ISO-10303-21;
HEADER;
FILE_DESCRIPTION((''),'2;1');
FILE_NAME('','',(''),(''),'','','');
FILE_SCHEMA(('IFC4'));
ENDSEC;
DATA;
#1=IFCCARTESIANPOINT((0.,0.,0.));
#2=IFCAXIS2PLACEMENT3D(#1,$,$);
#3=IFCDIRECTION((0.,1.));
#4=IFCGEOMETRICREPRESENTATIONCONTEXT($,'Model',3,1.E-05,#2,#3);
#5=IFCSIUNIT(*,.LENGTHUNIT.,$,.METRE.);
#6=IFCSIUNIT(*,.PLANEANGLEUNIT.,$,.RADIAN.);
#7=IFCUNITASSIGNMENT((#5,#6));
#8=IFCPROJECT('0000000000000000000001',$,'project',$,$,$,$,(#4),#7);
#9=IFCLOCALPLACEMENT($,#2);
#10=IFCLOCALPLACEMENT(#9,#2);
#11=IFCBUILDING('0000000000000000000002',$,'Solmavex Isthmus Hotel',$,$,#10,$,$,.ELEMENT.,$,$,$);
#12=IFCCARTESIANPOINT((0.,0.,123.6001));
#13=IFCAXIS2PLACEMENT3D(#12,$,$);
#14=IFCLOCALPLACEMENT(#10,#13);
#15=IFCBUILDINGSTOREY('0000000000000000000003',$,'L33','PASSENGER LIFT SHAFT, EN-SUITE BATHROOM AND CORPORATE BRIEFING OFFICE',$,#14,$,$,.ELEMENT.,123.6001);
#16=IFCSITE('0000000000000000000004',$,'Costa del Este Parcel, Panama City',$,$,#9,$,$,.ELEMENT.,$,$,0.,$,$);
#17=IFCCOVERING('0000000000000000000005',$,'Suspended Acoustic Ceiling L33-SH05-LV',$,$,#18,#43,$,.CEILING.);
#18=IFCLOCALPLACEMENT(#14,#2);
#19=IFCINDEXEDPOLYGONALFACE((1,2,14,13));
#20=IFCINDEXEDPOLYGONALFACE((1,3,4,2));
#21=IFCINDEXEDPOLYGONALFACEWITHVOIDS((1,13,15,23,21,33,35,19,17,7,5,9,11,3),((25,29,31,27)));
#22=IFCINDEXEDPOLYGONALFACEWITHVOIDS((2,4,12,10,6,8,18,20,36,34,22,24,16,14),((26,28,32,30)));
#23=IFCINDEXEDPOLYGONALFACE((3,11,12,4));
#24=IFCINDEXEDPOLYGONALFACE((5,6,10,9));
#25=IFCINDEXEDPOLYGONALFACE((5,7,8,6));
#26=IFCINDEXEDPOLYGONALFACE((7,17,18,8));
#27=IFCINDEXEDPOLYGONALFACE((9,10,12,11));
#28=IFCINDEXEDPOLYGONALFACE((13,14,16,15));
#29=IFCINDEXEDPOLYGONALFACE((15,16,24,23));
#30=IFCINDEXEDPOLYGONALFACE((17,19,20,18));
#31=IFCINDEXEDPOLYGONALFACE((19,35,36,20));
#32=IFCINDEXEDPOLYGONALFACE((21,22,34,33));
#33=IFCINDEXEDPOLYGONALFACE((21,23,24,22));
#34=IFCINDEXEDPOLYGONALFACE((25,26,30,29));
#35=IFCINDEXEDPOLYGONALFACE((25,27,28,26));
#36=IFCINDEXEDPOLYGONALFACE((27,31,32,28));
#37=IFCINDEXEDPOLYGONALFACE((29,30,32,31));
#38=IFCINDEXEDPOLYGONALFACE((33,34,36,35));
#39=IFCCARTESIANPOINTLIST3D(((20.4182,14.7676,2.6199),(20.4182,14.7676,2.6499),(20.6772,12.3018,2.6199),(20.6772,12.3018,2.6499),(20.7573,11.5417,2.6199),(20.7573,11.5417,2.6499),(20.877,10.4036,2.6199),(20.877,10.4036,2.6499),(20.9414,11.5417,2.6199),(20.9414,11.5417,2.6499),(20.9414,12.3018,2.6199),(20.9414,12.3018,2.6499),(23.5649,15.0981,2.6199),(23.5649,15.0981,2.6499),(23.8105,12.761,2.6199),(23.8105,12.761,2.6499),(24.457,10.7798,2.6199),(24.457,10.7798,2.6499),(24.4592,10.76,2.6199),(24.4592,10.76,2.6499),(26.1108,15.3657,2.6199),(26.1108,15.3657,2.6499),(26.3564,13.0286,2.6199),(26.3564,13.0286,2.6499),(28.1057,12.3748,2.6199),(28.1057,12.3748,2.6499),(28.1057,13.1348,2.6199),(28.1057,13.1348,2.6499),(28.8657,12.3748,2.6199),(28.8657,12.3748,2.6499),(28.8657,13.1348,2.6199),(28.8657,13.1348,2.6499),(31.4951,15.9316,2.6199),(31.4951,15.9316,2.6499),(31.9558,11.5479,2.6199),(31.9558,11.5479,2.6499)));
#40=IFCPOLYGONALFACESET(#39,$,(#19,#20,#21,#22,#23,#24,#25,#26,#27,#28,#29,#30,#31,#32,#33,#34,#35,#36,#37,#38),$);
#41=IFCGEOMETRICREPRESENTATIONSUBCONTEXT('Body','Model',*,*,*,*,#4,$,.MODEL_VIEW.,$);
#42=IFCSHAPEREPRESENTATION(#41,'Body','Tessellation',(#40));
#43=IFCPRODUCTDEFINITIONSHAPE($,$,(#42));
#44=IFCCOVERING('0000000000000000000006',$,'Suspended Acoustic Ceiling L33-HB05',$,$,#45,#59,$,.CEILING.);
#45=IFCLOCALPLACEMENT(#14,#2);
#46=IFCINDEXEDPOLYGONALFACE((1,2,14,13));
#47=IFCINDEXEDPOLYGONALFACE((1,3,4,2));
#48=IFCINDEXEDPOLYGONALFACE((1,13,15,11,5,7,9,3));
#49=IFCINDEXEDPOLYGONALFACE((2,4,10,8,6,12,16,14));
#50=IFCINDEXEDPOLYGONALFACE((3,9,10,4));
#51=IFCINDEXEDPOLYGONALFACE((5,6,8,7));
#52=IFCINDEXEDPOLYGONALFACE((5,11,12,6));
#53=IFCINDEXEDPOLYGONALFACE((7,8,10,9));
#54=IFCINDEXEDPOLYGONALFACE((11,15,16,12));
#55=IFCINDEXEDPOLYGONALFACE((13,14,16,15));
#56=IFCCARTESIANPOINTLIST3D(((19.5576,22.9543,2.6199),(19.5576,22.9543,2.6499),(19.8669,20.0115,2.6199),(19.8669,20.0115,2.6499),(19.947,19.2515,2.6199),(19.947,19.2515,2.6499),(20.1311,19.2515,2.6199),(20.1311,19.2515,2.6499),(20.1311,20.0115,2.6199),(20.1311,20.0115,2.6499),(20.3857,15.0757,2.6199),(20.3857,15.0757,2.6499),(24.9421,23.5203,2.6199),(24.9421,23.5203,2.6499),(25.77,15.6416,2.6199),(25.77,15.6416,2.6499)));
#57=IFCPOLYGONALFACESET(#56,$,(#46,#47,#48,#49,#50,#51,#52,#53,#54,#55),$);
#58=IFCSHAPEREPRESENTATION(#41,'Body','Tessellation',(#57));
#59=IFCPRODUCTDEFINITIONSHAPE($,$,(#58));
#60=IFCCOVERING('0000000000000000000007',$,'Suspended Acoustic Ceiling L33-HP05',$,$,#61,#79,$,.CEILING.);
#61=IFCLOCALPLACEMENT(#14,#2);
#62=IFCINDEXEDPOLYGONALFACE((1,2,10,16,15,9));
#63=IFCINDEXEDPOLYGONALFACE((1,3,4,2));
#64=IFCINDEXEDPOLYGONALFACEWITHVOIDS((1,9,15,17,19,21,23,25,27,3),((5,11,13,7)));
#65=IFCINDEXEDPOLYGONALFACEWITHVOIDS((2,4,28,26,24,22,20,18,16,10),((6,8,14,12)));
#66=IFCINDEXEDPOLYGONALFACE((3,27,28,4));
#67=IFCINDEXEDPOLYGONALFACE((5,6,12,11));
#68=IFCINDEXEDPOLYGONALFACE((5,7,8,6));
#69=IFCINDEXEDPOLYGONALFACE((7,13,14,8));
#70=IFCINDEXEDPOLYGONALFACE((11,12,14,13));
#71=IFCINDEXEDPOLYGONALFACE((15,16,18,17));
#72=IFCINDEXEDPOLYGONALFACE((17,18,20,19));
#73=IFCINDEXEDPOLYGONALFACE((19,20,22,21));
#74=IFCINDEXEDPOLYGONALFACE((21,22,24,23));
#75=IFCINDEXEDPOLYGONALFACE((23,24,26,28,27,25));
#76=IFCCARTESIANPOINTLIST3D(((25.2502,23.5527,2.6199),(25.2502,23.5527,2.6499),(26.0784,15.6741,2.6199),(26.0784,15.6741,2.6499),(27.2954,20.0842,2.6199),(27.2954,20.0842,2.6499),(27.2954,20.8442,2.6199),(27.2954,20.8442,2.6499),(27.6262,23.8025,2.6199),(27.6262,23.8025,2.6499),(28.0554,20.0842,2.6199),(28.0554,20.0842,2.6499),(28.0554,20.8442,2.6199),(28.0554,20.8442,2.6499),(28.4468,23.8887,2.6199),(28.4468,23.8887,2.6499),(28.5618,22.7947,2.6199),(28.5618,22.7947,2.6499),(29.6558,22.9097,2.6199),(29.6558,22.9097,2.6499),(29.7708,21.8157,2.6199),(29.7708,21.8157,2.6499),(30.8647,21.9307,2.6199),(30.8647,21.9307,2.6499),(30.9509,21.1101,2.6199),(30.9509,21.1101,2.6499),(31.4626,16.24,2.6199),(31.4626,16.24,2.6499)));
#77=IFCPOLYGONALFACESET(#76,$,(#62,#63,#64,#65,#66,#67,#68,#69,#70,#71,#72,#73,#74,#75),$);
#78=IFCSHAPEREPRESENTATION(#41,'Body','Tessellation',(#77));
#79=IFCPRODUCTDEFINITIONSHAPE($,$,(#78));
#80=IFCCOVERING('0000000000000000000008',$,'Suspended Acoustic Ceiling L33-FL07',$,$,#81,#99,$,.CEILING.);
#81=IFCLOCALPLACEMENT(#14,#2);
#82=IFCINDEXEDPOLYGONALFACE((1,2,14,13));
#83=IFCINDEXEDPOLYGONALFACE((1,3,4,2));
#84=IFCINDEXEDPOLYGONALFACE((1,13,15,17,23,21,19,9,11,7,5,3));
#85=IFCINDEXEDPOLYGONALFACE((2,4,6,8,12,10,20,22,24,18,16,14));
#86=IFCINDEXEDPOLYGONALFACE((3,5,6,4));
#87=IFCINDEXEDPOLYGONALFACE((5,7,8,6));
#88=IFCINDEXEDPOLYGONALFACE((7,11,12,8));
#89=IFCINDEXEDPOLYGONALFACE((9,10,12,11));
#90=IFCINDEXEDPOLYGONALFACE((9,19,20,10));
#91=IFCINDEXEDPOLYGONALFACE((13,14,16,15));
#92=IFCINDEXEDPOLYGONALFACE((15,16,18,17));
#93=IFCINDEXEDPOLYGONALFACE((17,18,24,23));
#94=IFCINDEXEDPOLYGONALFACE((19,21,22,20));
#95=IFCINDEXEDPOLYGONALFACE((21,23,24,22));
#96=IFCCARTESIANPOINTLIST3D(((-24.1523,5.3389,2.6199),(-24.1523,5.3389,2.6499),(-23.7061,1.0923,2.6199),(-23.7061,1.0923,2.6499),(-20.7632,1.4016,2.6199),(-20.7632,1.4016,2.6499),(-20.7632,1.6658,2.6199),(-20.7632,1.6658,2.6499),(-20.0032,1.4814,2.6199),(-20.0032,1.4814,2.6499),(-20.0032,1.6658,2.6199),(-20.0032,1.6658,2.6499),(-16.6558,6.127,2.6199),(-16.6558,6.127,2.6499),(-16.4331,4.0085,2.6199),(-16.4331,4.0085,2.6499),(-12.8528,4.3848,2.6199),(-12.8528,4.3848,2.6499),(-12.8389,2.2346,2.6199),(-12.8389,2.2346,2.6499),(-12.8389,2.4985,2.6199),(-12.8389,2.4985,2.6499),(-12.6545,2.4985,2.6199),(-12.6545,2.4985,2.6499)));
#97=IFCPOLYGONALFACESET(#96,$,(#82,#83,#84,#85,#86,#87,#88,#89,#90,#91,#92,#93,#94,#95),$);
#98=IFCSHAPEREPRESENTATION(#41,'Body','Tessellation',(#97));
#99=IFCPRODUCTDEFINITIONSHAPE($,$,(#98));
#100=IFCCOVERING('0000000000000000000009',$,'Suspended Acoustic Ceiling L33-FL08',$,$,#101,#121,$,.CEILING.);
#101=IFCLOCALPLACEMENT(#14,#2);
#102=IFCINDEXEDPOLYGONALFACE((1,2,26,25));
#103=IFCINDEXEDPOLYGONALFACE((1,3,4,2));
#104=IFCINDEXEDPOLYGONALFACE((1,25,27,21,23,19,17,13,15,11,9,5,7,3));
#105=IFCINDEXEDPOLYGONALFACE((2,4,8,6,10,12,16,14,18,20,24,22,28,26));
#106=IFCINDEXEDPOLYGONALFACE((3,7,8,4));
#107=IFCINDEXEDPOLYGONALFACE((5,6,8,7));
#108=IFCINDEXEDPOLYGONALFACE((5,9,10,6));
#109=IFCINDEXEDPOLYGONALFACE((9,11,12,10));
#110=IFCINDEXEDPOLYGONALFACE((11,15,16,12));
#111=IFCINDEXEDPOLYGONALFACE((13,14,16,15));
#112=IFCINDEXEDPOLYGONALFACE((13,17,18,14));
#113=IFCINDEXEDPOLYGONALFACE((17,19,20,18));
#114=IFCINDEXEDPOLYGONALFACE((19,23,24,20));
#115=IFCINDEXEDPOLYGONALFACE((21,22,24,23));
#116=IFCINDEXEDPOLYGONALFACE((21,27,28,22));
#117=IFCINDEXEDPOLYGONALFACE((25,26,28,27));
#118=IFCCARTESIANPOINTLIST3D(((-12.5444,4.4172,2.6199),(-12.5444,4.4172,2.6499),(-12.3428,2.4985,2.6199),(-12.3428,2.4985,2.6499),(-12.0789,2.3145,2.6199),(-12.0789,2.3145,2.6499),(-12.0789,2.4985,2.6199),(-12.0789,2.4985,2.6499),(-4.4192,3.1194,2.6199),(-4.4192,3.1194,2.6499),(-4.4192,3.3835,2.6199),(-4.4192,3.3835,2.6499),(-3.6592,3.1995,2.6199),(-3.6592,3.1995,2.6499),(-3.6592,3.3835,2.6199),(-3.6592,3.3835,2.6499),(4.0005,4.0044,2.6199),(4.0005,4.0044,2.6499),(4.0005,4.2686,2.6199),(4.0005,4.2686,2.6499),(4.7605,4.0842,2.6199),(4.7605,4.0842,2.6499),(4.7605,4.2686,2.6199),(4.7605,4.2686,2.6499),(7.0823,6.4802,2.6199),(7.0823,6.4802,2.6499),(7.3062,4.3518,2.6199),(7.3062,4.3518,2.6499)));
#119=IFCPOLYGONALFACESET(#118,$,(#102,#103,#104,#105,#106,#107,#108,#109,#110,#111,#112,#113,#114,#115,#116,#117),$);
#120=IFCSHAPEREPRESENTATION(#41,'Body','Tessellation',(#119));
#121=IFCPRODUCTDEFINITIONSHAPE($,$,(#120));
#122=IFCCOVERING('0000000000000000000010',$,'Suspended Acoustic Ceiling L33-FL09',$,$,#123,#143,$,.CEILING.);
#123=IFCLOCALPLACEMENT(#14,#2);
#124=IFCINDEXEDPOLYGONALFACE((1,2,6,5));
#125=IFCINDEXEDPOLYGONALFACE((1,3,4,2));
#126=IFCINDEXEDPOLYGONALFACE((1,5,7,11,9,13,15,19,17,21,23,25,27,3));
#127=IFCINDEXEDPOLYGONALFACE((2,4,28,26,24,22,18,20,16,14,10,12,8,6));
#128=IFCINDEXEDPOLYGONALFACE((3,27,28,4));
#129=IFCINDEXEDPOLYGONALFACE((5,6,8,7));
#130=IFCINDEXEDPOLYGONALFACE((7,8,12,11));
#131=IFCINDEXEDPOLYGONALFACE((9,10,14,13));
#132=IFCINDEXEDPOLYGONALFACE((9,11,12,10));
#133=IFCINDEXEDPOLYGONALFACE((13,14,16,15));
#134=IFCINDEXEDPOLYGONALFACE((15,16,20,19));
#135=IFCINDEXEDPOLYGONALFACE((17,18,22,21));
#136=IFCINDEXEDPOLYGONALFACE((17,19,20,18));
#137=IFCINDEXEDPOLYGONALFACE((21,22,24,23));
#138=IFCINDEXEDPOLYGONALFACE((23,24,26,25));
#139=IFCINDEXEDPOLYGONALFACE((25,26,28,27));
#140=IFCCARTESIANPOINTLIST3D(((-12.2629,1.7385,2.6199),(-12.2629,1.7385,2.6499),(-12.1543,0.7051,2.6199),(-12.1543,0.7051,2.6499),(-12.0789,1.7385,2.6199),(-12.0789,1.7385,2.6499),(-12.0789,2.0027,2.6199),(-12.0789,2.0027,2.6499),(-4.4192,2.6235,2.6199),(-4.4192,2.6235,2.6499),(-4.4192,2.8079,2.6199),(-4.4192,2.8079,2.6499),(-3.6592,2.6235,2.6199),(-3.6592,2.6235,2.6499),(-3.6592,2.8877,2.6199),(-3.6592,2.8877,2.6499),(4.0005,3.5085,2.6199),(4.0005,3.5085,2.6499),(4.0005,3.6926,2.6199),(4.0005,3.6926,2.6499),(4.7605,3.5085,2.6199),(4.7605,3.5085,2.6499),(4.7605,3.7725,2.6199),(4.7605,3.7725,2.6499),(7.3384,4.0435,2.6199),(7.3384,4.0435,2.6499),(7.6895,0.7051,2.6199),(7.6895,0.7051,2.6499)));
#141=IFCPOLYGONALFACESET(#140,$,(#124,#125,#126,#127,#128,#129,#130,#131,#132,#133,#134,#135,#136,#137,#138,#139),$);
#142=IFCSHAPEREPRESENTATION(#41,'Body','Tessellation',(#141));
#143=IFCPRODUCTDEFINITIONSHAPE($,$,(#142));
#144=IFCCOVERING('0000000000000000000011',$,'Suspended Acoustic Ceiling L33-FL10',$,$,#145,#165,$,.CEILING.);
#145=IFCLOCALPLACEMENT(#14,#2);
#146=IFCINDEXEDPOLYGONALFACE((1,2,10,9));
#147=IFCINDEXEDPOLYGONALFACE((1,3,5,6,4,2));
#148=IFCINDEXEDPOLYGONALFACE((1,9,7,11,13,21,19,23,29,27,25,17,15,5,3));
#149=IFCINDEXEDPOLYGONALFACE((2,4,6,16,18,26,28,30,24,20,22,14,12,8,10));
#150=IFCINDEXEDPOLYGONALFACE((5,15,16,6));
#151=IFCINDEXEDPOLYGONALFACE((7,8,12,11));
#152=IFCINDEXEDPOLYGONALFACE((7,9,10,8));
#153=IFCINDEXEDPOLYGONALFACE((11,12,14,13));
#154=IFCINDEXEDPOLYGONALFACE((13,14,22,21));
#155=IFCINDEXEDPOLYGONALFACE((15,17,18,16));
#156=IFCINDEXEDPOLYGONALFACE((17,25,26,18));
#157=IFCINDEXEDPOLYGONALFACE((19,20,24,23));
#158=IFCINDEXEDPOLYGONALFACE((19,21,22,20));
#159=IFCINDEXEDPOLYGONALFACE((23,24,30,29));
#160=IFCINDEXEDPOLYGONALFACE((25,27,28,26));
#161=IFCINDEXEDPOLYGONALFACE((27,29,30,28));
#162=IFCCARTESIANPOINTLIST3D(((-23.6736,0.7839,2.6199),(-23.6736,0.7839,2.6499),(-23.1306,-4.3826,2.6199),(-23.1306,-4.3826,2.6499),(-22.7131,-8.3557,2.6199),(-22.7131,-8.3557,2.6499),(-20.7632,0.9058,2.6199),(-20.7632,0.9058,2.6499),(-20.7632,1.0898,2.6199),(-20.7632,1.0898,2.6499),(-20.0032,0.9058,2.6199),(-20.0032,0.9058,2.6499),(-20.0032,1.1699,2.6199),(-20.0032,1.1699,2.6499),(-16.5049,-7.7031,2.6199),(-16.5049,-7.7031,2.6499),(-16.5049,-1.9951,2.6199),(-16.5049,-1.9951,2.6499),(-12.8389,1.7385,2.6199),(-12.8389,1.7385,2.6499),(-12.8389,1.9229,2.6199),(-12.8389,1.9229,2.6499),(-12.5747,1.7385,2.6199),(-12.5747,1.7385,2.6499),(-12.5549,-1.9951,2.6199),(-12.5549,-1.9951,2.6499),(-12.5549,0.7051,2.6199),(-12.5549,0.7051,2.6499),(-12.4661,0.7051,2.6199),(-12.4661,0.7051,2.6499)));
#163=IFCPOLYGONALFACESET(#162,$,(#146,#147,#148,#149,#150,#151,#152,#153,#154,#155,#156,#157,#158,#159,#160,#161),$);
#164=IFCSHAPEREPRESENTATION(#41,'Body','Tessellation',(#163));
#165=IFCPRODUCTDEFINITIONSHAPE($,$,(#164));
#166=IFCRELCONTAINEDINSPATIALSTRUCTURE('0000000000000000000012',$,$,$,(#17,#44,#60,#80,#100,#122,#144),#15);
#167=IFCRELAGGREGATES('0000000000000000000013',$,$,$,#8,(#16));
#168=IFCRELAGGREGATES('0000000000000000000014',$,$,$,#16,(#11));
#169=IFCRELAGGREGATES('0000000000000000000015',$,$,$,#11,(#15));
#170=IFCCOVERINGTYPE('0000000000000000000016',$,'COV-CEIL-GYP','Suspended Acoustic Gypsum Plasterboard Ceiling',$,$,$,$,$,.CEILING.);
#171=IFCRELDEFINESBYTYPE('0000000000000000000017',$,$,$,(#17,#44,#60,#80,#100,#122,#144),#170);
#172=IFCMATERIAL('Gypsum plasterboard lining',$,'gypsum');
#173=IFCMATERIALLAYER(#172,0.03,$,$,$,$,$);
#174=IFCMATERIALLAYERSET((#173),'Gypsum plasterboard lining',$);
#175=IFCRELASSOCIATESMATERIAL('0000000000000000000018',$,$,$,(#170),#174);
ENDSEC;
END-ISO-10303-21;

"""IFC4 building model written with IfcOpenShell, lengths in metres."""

from ifc_helpers import new_model, si_unit, direction, frame, origin, place, context, subcontext, project, spatial, polyline, outline, extrude, material, layer, layer_set, type_object, element, save


model = new_model("IFC4")

# Units and contexts
model_context = context("Model", 3, precision=1e-05, world=origin(), true_north=direction((0.0, 1.0)))
body_context = subcontext(model_context, "Body", "Model", "MODEL_VIEW")
ifc_project = project(units=[si_unit("LENGTHUNIT", "METRE"), si_unit("PLANEANGLEUNIT", "RADIAN")], contexts=[model_context])

# Site, building, storey
site_placement = place(None, origin())
site = spatial("IfcSite", under=ifc_project, at=site_placement, Name="Costa del Este Parcel, Panama City", CompositionType="ELEMENT", RefElevation=0.0)
building_placement = place(site_placement, origin())
building = spatial("IfcBuilding", under=site, at=building_placement, Name="Solmavex Isthmus Hotel", CompositionType="ELEMENT")
storey_placement = place(building_placement, frame((0.0, 0.0, 123.6001)))
storey = spatial("IfcBuildingStorey", under=building, at=storey_placement, Name="L33", Description="PASSENGER LIFT SHAFT, EN-SUITE BATHROOM AND CORPORATE BRIEFING OFFICE", CompositionType="ELEMENT", Elevation=123.6001)

# Coverings
ifc_material_1 = material(Name="Gypsum plasterboard lining", Category="gypsum")
ifc_layer_1 = layer(ifc_material_1, 0.03)
ifc_layer_set_1 = layer_set([ifc_layer_1], Name="Gypsum plasterboard lining")
covering_type_1 = type_object("IfcCoveringType", Name="COV-CEIL-GYP", Description="Suspended Acoustic Gypsum Plasterboard Ceiling", PredefinedType="CEILING", material=ifc_layer_set_1)
covering_1_placement = place(storey_placement, frame((0.0, 0.0, 2.6199)))
element("IfcCovering", 1, at=covering_1_placement, inside=storey, type_object=covering_type_1, Name="Suspended Acoustic Ceiling L33-SH05-LV", PredefinedType="CEILING", context=body_context, shape_type="SweptSolid", body=[
    extrude(outline(polyline([(23.5649, 15.0981), (20.4182, 14.7676), (20.6772, 12.3018), (20.9414, 12.3018), (20.9414, 11.5417), (20.7573, 11.5417), (20.877, 10.4036), (24.457, 10.7798), (24.4592, 10.76), (31.9558, 11.5479), (31.4951, 15.9316), (26.1108, 15.3657), (26.3564, 13.0286), (23.8105, 12.761), (23.5649, 15.0981)]), holes=[polyline([(28.1057, 12.3748), (28.1057, 13.1348), (28.8657, 13.1348), (28.8657, 12.3748), (28.1057, 12.3748)])]), origin(), (0.0, 0.0, 1.0), 0.03),
])
covering_2_placement = place(storey_placement, frame((0.0, 0.0, 2.6199)))
element("IfcCovering", 2, at=covering_2_placement, inside=storey, type_object=covering_type_1, Name="Suspended Acoustic Ceiling L33-HB05", PredefinedType="CEILING", context=body_context, shape_type="SweptSolid", body=[
    extrude(outline(polyline([(19.8669, 20.0115), (20.1311, 20.0115), (20.1311, 19.2515), (19.947, 19.2515), (20.3857, 15.0757), (25.77, 15.6416), (24.9421, 23.5203), (19.5576, 22.9543), (19.8669, 20.0115)])), origin(), (0.0, 0.0, 1.0), 0.03),
])
covering_3_placement = place(storey_placement, frame((0.0, 0.0, 2.6199)))
element("IfcCovering", 3, at=covering_3_placement, inside=storey, type_object=covering_type_1, Name="Suspended Acoustic Ceiling L33-HP05", PredefinedType="CEILING", context=body_context, shape_type="SweptSolid", body=[
    extrude(outline(polyline([(30.9509, 21.1101), (30.8647, 21.9307), (29.7708, 21.8157), (29.6558, 22.9097), (28.5618, 22.7947), (28.4468, 23.8887), (27.6262, 23.8025), (25.2502, 23.5527), (26.0784, 15.6741), (31.4626, 16.24), (30.9509, 21.1101)]), holes=[polyline([(27.2954, 20.8442), (28.0554, 20.8442), (28.0554, 20.0842), (27.2954, 20.0842), (27.2954, 20.8442)])]), origin(), (0.0, 0.0, 1.0), 0.03),
])
covering_4_placement = place(storey_placement, frame((0.0, 0.0, 2.6199)))
element("IfcCovering", 4, at=covering_4_placement, inside=storey, type_object=covering_type_1, Name="Suspended Acoustic Ceiling L33-FL07", PredefinedType="CEILING", context=body_context, shape_type="SweptSolid", body=[
    extrude(outline(polyline([(-12.8389, 2.2346), (-12.8389, 2.4985), (-12.6545, 2.4985), (-12.8528, 4.3848), (-16.4331, 4.0085), (-16.6558, 6.127), (-24.1523, 5.3389), (-23.7061, 1.0923), (-20.7632, 1.4016), (-20.7632, 1.6658), (-20.0032, 1.6658), (-20.0032, 1.4814), (-12.8389, 2.2346)])), origin(), (0.0, 0.0, 1.0), 0.03),
])
covering_5_placement = place(storey_placement, frame((0.0, 0.0, 2.6199)))
element("IfcCovering", 5, at=covering_5_placement, inside=storey, type_object=covering_type_1, Name="Suspended Acoustic Ceiling L33-FL08", PredefinedType="CEILING", context=body_context, shape_type="SweptSolid", body=[
    extrude(outline(polyline([(4.0005, 4.0044), (4.0005, 4.2686), (4.7605, 4.2686), (4.7605, 4.0842), (7.3062, 4.3518), (7.0823, 6.4802), (-12.5444, 4.4172), (-12.3428, 2.4985), (-12.0789, 2.4985), (-12.0789, 2.3145), (-4.4192, 3.1194), (-4.4192, 3.3835), (-3.6592, 3.3835), (-3.6592, 3.1995), (4.0005, 4.0044)])), origin(), (0.0, 0.0, 1.0), 0.03),
])
covering_6_placement = place(storey_placement, frame((0.0, 0.0, 2.6199)))
element("IfcCovering", 6, at=covering_6_placement, inside=storey, type_object=covering_type_1, Name="Suspended Acoustic Ceiling L33-FL09", PredefinedType="CEILING", context=body_context, shape_type="SweptSolid", body=[
    extrude(outline(polyline([(-12.0789, 2.0027), (-12.0789, 1.7385), (-12.2629, 1.7385), (-12.1543, 0.7051), (7.6895, 0.7051), (7.3384, 4.0435), (4.7605, 3.7725), (4.7605, 3.5085), (4.0005, 3.5085), (4.0005, 3.6926), (-3.6592, 2.8877), (-3.6592, 2.6235), (-4.4192, 2.6235), (-4.4192, 2.8079), (-12.0789, 2.0027)])), origin(), (0.0, 0.0, 1.0), 0.03),
])
covering_7_placement = place(storey_placement, frame((0.0, 0.0, 2.6199)))
element("IfcCovering", 7, at=covering_7_placement, inside=storey, type_object=covering_type_1, Name="Suspended Acoustic Ceiling L33-FL10", PredefinedType="CEILING", context=body_context, shape_type="SweptSolid", body=[
    extrude(outline(polyline([(-20.0032, 1.1699), (-20.0032, 0.9058), (-20.7632, 0.9058), (-20.7632, 1.0898), (-23.6736, 0.7839), (-23.1306, -4.3826), (-22.7131, -8.3557), (-16.5049, -7.7031), (-16.5049, -1.9951), (-12.5549, -1.9951), (-12.5549, 0.7051), (-12.4661, 0.7051), (-12.5747, 1.7385), (-12.8389, 1.7385), (-12.8389, 1.9229), (-20.0032, 1.1699)])), origin(), (0.0, 0.0, 1.0), 0.03),
])

save(model, "model.ifc")
